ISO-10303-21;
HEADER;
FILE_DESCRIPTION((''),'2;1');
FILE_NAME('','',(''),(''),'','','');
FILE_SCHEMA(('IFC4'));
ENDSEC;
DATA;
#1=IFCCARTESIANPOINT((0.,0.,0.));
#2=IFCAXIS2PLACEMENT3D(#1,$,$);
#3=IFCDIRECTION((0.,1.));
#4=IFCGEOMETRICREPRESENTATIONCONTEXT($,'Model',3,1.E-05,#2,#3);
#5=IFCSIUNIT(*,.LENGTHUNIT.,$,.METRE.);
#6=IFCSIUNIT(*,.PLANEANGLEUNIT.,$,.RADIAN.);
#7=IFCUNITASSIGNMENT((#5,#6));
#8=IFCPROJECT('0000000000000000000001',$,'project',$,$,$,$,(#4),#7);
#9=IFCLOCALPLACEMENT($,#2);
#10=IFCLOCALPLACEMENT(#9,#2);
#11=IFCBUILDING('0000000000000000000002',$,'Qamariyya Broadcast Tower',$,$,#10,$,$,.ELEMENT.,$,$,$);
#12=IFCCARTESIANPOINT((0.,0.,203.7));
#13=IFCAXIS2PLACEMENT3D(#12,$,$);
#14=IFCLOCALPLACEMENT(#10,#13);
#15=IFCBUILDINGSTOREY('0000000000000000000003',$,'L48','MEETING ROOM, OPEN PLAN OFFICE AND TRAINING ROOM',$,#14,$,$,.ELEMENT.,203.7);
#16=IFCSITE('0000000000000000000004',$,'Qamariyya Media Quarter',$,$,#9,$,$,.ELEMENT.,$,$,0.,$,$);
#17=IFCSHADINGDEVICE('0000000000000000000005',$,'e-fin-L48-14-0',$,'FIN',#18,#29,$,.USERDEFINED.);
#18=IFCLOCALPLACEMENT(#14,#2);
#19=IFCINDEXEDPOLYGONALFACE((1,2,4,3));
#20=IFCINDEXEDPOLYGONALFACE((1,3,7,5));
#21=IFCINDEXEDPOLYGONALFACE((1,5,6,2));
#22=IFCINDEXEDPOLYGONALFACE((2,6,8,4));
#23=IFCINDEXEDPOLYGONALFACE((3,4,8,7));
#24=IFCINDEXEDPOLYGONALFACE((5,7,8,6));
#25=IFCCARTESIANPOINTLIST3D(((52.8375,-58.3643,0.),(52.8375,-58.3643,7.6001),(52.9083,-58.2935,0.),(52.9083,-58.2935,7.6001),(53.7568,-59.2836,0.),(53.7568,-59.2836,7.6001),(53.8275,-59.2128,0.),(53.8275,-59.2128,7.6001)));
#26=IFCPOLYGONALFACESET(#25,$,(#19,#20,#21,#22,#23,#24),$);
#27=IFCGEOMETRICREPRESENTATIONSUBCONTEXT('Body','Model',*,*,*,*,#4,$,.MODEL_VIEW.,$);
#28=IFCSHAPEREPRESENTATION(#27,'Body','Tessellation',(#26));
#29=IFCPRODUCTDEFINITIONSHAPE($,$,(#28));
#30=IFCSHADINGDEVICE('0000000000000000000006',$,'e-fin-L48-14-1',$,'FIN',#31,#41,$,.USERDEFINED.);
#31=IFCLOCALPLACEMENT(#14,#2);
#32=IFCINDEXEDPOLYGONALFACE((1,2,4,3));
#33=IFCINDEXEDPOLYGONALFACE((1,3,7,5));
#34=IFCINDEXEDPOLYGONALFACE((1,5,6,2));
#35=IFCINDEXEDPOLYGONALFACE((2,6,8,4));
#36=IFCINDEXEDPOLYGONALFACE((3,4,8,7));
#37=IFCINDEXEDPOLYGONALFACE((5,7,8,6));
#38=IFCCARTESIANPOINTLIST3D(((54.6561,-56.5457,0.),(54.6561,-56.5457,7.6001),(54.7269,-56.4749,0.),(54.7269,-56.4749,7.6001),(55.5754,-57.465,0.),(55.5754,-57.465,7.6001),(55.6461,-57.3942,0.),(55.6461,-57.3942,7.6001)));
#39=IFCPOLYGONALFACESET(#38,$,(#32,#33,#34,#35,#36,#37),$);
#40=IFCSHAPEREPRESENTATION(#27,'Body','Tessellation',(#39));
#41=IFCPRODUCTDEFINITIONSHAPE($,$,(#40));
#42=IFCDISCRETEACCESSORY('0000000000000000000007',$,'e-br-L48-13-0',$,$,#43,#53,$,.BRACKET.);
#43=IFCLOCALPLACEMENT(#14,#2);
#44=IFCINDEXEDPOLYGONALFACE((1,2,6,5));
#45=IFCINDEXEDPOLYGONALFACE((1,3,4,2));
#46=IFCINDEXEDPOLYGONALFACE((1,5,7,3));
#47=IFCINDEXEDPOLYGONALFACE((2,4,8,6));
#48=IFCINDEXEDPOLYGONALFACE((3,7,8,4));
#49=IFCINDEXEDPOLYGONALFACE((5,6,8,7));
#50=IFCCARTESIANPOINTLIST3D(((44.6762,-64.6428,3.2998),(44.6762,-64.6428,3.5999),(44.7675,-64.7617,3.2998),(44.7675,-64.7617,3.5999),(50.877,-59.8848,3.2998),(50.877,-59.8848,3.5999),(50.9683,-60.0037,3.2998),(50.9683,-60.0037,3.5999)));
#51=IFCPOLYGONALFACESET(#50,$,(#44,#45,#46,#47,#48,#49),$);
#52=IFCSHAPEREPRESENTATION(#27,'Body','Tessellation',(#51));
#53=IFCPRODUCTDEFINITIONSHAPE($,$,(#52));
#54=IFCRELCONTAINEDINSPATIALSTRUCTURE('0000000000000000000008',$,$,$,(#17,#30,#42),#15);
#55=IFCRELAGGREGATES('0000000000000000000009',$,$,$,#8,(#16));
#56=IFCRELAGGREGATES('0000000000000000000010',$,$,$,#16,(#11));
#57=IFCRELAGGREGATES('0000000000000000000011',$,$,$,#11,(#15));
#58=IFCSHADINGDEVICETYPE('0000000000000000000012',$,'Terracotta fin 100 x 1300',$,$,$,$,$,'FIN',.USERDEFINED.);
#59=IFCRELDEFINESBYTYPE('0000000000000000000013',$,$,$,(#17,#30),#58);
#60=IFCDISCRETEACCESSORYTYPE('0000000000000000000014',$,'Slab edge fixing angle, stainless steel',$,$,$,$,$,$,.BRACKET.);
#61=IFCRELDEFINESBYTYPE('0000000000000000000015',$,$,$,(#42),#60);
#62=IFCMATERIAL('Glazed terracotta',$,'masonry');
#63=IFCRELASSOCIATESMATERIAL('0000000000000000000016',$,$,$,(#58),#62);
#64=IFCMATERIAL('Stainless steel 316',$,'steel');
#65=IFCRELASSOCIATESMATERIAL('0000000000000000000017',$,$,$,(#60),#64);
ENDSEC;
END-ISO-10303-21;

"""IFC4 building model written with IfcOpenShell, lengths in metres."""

from ifc_helpers import new_model, si_unit, direction, frame, origin, origin_2d, place, context, subcontext, project, spatial, rectangle, extrude, material, material_profile, profile_set, type_object, element, save


model = new_model("IFC4")

# Units and contexts
model_context = context("Model", 3, precision=1e-05, world=origin(), true_north=direction((0.0, 1.0)))
body_context = subcontext(model_context, "Body", "Model", "MODEL_VIEW")
ifc_project = project(units=[si_unit("LENGTHUNIT", "METRE"), si_unit("PLANEANGLEUNIT", "RADIAN")], contexts=[model_context])

# Site, building, storey
site_placement = place(None, origin())
site = spatial("IfcSite", under=ifc_project, at=site_placement, Name="Qamariyya Media Quarter", CompositionType="ELEMENT", RefElevation=0.0)
building_placement = place(site_placement, origin())
building = spatial("IfcBuilding", under=site, at=building_placement, Name="Qamariyya Broadcast Tower", CompositionType="ELEMENT")
storey_placement = place(building_placement, frame((0.0, 0.0, 203.7)))
storey = spatial("IfcBuildingStorey", under=building, at=storey_placement, Name="L48", Description="MEETING ROOM, OPEN PLAN OFFICE AND TRAINING ROOM", CompositionType="ELEMENT", Elevation=203.7)

# Shading devices
ifc_material_1 = material(Name="Glazed terracotta", Category="masonry")
ifc_material_profile_1 = material_profile(ifc_material_1, rectangle(XDim=1.3, YDim=0.1001, at=origin_2d()))
ifc_profile_set_1 = profile_set([ifc_material_profile_1], Name="Glazed terracotta")
shading_device_type_1 = type_object("IfcShadingDeviceType", Name="Terracotta fin 100 x 1300", ElementType="FIN", PredefinedType="USERDEFINED", material=ifc_profile_set_1)
for number, where, z_axis, x_axis, name in (
    (1, (53.3325, -58.7886, 0.0), (0.0, 0.0, 1.0), (0.707107, -0.707107, 0.0), "e-fin-L48-14-0"),
    (2, (55.1511, -56.97, 0.0), (0.0, 0.0, 1.0), (0.707107, -0.707107, 0.0), "e-fin-L48-14-1"),
):
    element("IfcShadingDevice", number, at=place(storey_placement, frame(where, z_axis=z_axis, x_axis=x_axis)), inside=storey, type_object=shading_device_type_1, Name=name, ObjectType="FIN", PredefinedType="USERDEFINED", context=body_context, shape_type="SweptSolid", body=[
        extrude(rectangle(XDim=1.3, YDim=0.1001, at=origin_2d()), origin(), (0.0, 0.0, 1.0), 7.6001),
    ])

# Discrete accessory
ifc_material_2 = material(Name="Stainless steel 316", Category="steel")
discrete_accessory_type = type_object("IfcDiscreteAccessoryType", Name="Slab edge fixing angle, stainless steel", PredefinedType="BRACKET", material=ifc_material_2)
discrete_accessory_placement = place(storey_placement, frame((47.8223, -62.3232, 3.2998), z_axis=(0.0, 0.0, 1.0), x_axis=(0.793353, 0.608761, 0.0)))
element("IfcDiscreteAccessory", 3, at=discrete_accessory_placement, inside=storey, type_object=discrete_accessory_type, Name="e-br-L48-13-0", PredefinedType="BRACKET", context=body_context, shape_type="SweptSolid", body=[
    extrude(rectangle(XDim=7.8159, YDim=0.1499, at=origin_2d()), origin(), (0.0, 0.0, 1.0), 0.3),
])

save(model, "model.ifc")
